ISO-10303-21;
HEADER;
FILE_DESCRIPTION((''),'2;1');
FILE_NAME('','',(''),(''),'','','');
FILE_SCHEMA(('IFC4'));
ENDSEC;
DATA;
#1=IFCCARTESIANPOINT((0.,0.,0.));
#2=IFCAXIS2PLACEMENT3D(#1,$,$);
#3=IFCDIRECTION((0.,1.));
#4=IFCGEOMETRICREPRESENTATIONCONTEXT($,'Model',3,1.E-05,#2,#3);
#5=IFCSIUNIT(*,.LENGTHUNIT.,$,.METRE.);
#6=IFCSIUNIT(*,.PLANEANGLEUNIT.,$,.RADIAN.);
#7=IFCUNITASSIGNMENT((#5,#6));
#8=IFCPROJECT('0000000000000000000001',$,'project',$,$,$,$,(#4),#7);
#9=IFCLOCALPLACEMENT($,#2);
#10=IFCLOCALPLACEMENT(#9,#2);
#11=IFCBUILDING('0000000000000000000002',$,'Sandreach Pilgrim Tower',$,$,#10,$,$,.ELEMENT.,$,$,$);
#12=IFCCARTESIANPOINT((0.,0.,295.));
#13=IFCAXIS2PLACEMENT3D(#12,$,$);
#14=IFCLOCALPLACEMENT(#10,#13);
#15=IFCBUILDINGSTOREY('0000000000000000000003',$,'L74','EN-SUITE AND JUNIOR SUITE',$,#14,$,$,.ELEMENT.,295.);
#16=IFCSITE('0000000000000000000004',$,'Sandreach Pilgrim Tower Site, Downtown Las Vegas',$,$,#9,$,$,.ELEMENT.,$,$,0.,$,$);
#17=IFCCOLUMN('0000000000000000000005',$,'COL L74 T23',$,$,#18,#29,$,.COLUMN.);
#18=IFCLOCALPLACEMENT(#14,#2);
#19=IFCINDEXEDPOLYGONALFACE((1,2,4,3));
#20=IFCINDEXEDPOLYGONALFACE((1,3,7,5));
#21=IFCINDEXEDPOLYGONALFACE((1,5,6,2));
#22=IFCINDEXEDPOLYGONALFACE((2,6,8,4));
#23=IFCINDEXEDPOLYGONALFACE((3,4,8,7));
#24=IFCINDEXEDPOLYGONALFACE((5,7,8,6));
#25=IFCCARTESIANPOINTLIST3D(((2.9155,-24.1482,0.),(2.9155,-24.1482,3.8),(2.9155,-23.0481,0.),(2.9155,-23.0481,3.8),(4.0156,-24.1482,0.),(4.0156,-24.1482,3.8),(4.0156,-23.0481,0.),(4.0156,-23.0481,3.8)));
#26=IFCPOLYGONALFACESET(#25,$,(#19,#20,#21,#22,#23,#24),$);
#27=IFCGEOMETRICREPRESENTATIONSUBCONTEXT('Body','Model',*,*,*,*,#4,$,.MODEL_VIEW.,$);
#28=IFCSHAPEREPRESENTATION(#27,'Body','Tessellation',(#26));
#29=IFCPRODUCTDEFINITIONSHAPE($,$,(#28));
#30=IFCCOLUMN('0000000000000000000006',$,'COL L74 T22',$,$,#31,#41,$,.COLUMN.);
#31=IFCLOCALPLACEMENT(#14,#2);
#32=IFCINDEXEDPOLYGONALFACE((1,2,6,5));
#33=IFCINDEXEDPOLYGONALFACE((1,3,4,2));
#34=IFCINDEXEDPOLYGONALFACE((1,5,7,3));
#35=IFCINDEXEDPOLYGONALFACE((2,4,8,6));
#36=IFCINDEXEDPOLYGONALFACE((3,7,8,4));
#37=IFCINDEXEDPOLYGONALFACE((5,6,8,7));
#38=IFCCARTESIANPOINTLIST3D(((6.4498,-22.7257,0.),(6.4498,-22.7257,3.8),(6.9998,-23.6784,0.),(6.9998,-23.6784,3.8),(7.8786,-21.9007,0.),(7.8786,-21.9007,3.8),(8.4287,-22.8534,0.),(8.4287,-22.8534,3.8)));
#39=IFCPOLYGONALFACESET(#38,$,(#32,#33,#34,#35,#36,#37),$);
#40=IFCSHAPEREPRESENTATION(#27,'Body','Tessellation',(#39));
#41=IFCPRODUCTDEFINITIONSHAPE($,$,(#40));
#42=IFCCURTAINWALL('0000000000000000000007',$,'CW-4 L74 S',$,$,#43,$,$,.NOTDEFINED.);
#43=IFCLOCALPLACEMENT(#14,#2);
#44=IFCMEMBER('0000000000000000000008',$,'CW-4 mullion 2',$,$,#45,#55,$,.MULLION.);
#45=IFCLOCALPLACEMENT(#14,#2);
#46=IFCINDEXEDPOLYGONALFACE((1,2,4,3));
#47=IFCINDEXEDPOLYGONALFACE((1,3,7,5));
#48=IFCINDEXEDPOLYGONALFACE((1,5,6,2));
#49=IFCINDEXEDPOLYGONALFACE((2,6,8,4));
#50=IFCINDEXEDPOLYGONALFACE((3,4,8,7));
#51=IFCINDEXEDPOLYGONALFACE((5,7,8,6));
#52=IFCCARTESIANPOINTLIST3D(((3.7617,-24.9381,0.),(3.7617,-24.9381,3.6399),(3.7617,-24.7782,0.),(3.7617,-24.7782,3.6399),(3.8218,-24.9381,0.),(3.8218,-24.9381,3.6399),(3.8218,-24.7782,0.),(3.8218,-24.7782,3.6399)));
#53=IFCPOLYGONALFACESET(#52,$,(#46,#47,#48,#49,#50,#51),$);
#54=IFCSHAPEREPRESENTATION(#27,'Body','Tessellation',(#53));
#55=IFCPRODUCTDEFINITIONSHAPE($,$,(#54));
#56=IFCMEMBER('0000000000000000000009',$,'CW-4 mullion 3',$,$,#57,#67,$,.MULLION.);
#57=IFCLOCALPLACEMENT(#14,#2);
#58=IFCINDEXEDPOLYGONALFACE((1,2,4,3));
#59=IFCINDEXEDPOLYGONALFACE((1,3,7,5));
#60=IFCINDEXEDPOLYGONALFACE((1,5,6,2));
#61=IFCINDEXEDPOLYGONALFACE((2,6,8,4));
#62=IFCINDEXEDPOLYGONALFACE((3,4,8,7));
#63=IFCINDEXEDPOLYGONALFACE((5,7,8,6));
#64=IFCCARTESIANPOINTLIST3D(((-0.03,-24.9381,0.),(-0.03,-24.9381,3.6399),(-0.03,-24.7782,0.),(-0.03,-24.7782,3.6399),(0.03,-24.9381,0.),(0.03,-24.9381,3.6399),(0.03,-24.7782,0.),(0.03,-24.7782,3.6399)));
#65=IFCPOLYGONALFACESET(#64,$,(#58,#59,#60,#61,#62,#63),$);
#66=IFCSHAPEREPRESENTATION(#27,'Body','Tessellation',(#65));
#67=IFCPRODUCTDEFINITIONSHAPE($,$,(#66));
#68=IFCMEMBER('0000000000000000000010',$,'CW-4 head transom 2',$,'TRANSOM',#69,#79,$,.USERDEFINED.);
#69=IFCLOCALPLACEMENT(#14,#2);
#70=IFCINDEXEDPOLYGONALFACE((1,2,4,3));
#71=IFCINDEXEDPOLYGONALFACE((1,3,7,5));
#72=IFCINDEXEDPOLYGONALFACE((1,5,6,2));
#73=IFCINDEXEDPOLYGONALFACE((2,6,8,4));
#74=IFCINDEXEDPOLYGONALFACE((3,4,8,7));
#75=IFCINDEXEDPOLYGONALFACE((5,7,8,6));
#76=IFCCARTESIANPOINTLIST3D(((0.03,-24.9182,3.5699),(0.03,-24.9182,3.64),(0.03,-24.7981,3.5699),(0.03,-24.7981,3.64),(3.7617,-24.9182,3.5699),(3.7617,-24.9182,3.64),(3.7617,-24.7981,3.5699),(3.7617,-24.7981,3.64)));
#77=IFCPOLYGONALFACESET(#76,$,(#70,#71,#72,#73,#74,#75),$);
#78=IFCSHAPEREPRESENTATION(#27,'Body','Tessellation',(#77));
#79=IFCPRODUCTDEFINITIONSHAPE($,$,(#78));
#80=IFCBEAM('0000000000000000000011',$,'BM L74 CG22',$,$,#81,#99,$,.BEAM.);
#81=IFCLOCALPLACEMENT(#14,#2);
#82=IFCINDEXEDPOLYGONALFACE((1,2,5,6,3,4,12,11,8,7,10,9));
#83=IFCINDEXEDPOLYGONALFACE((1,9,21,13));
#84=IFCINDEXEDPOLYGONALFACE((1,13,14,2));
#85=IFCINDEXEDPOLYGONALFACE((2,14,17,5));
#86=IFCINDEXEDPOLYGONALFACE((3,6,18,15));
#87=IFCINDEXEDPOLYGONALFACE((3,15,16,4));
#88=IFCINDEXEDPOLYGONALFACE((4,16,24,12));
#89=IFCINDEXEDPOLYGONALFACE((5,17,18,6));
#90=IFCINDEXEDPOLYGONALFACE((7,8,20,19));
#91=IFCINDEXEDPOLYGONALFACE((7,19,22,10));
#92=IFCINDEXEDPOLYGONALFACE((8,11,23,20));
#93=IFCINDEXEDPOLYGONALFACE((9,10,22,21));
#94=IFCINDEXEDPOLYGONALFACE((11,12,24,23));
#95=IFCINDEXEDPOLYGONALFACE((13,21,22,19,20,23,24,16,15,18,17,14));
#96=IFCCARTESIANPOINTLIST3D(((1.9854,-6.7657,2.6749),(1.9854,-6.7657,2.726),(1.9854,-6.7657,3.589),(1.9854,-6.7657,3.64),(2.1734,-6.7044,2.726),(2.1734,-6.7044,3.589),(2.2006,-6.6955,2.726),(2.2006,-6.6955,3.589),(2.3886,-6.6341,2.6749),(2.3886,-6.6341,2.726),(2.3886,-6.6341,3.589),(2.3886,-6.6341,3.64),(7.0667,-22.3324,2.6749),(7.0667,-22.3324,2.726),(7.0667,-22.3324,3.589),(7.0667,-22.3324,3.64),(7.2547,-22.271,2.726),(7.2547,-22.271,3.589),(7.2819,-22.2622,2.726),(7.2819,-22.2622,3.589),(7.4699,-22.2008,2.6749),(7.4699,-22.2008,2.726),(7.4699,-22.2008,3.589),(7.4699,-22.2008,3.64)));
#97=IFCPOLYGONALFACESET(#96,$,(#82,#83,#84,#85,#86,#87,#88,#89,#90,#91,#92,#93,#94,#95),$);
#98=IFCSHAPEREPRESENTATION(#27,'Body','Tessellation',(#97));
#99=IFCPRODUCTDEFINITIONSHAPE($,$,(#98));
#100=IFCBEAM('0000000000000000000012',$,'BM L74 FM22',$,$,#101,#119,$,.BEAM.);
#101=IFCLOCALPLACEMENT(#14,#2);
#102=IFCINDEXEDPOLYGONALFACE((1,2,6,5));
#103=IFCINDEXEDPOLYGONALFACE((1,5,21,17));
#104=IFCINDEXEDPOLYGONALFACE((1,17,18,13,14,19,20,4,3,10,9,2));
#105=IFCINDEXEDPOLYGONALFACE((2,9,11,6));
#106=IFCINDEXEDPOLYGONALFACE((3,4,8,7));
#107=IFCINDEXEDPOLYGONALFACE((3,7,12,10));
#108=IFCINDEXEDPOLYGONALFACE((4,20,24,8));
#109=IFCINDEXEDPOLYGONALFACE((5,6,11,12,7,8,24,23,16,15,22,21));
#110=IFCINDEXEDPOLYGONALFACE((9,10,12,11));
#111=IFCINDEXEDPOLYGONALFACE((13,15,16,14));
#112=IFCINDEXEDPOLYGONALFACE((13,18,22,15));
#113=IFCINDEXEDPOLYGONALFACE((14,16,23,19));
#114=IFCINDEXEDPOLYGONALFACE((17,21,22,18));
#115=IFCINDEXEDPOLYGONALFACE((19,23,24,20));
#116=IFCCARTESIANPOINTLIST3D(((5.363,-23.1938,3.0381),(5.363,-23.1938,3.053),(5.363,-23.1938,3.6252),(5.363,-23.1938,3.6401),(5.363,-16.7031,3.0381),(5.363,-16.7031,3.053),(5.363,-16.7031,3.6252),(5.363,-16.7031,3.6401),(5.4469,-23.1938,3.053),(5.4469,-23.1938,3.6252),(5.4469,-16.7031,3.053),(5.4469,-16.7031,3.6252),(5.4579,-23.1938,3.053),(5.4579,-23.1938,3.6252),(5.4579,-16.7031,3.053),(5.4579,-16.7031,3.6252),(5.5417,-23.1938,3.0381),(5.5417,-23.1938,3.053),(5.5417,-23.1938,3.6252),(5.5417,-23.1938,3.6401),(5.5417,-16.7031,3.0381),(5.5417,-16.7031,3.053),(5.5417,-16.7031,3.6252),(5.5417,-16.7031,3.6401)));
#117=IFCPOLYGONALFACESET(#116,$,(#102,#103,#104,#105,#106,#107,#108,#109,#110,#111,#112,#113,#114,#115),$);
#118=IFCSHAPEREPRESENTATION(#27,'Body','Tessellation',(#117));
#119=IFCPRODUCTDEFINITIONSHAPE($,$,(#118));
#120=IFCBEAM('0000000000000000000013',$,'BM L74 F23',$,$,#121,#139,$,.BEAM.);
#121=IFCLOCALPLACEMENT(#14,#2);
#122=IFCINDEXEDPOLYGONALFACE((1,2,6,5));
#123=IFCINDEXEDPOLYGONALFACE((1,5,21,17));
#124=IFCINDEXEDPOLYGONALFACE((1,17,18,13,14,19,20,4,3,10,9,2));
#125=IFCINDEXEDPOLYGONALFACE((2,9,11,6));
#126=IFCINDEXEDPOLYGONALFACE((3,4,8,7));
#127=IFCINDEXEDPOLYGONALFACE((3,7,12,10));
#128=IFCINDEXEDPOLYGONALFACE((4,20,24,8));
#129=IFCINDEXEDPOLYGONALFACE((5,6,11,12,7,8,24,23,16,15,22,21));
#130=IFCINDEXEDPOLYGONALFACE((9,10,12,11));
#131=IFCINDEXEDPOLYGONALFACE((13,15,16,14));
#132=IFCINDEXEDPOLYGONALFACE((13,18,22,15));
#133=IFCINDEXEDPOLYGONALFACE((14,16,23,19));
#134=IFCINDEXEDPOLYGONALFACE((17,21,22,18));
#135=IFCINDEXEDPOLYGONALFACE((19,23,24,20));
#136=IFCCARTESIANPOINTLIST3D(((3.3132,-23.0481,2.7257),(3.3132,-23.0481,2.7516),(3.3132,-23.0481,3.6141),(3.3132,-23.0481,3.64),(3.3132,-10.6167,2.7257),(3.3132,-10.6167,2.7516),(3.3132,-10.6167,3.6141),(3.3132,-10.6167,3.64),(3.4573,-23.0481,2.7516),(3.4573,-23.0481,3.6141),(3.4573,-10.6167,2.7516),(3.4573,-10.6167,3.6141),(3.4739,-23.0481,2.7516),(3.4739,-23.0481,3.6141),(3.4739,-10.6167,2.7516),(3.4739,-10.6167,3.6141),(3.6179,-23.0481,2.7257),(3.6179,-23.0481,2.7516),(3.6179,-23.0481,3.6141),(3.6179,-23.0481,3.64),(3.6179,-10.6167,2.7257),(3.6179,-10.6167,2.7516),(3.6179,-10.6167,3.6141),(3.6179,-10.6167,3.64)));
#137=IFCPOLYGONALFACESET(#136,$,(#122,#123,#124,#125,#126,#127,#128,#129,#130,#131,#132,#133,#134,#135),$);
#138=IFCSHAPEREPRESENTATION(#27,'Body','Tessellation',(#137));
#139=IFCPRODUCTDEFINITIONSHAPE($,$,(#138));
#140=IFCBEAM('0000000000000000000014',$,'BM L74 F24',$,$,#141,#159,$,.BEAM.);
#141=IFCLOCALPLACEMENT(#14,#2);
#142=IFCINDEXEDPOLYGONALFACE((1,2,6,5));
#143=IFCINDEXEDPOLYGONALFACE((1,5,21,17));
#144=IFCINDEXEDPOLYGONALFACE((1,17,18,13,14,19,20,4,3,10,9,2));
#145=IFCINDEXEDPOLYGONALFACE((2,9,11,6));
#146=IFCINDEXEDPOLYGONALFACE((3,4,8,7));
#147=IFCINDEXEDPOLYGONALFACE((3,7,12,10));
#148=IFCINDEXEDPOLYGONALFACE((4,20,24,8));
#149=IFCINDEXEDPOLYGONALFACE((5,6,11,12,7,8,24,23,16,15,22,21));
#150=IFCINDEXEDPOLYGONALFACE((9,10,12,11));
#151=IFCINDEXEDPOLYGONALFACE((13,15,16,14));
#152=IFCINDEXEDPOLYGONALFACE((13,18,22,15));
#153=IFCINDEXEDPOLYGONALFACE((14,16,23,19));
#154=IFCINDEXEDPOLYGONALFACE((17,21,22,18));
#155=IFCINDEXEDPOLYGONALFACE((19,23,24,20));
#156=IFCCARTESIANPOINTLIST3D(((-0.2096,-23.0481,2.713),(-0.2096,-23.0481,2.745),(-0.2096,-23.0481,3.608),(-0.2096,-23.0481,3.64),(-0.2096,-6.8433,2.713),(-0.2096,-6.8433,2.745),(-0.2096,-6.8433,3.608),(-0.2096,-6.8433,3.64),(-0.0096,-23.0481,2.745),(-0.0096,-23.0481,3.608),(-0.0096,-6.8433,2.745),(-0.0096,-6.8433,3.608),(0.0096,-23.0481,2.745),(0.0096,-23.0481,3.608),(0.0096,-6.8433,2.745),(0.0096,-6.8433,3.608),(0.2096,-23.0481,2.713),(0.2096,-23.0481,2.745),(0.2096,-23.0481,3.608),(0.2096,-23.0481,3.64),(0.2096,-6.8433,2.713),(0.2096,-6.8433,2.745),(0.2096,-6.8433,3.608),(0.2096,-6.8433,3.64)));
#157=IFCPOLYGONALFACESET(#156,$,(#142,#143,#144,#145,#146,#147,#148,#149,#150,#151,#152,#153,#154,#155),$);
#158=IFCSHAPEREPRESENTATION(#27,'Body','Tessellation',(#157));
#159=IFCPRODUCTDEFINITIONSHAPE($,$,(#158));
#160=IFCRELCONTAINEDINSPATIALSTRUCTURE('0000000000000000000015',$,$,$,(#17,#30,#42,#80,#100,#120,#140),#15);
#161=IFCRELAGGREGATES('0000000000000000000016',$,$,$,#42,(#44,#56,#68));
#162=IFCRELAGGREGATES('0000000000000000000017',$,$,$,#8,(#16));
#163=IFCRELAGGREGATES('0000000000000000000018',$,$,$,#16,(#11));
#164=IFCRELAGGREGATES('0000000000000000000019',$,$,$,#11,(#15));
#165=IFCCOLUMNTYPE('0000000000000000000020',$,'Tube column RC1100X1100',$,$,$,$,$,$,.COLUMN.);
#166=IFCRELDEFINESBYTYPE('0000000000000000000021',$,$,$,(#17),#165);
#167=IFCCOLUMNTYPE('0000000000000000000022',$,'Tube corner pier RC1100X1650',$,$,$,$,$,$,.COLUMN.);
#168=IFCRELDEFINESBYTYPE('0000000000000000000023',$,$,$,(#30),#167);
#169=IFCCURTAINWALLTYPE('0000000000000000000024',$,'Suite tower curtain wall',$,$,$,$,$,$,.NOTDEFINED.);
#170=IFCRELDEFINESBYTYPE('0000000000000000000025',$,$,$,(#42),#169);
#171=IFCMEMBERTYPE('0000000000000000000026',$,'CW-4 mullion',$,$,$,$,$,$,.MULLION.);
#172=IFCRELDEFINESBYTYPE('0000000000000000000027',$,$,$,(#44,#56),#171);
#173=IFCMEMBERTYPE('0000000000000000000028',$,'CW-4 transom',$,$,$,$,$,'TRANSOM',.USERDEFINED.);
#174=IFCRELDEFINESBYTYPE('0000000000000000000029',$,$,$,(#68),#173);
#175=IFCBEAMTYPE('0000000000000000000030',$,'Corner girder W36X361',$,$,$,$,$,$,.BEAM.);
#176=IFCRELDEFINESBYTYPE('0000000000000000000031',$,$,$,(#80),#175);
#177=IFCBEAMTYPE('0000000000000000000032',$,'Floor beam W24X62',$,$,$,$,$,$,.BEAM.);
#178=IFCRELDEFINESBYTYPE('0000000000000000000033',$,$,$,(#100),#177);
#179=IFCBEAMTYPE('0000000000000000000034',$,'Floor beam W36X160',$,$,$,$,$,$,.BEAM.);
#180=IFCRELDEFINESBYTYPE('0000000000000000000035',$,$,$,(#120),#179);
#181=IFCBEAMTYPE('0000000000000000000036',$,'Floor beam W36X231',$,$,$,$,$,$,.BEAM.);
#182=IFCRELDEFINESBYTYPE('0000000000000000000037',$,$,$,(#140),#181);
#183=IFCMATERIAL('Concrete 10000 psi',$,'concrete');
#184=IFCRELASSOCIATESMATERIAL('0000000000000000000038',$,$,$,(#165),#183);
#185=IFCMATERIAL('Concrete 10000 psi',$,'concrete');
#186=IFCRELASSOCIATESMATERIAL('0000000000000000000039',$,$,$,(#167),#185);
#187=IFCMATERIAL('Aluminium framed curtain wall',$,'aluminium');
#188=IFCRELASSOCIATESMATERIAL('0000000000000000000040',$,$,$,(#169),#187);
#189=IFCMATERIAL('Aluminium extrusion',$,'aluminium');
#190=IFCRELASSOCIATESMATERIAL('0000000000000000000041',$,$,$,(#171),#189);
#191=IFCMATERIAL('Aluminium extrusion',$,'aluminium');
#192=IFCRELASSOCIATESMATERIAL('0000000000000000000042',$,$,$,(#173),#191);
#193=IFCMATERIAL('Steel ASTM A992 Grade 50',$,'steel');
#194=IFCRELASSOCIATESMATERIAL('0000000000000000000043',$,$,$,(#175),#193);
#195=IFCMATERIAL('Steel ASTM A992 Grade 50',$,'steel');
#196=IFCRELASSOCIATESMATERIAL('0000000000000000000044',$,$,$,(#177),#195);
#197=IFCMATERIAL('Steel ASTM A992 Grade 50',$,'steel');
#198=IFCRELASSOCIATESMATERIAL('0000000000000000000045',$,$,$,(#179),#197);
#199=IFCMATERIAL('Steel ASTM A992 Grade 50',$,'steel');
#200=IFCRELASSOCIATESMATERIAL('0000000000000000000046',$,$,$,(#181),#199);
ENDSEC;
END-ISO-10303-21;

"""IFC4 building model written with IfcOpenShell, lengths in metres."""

from ifc_helpers import new_model, si_unit, direction, frame, origin, origin_2d, place, context, subcontext, project, spatial, rectangle, i_section, extrude, material, material_profile, profile_set, type_object, element, aggregate, save


model = new_model("IFC4")

# Units and contexts
model_context = context("Model", 3, precision=1e-05, world=origin(), true_north=direction((0.0, 1.0)))
body_context = subcontext(model_context, "Body", "Model", "MODEL_VIEW")
ifc_project = project(units=[si_unit("LENGTHUNIT", "METRE"), si_unit("PLANEANGLEUNIT", "RADIAN")], contexts=[model_context])

# Site, building, storey
site_placement = place(None, origin())
site = spatial("IfcSite", under=ifc_project, at=site_placement, Name="Sandreach Pilgrim Tower Site, Downtown Las Vegas", CompositionType="ELEMENT", RefElevation=0.0)
building_placement = place(site_placement, origin())
building = spatial("IfcBuilding", under=site, at=building_placement, Name="Sandreach Pilgrim Tower", CompositionType="ELEMENT")
storey_placement = place(building_placement, frame((0.0, 0.0, 295.0)))
storey = spatial("IfcBuildingStorey", under=building, at=storey_placement, Name="L74", Description="EN-SUITE AND JUNIOR SUITE", CompositionType="ELEMENT", Elevation=295.0)

# Columns
ifc_material_1 = material(Name="Concrete 10000 psi", Category="concrete")
ifc_material_profile_1 = material_profile(ifc_material_1, rectangle(XDim=1.1001, YDim=1.1001, at=origin_2d()), Name="RC1100X1100")
ifc_profile_set_1 = profile_set([ifc_material_profile_1], Name="Concrete 10000 psi")
column_type_1 = type_object("IfcColumnType", Name="Tube column RC1100X1100", PredefinedType="COLUMN", material=ifc_profile_set_1)
column_1_placement = place(storey_placement, frame((3.4656, -23.5981, 0.0), z_axis=(0.0, 0.0, 1.0), x_axis=(0.0, -1.0, 0.0)))
element("IfcColumn", 1, at=column_1_placement, inside=storey, type_object=column_type_1, Name="COL L74 T23", PredefinedType="COLUMN", context=body_context, shape_type="SweptSolid", body=[
    extrude(rectangle(XDim=1.1001, YDim=1.1001, at=origin_2d()), origin(), (0.0, 0.0, 1.0), 3.8),
])
ifc_material_2 = material(Name="Concrete 10000 psi", Category="concrete")
ifc_material_profile_2 = material_profile(ifc_material_2, rectangle(XDim=1.1001, YDim=1.6499, at=origin_2d()), Name="RC1100X1650")
ifc_profile_set_2 = profile_set([ifc_material_profile_2], Name="Concrete 10000 psi")
column_type_2 = type_object("IfcColumnType", Name="Tube corner pier RC1100X1650", PredefinedType="COLUMN", material=ifc_profile_set_2)
column_2_placement = place(storey_placement, frame((7.4392, -22.7896, 0.0), z_axis=(0.0, 0.0, 1.0), x_axis=(0.5, -0.866025, 0.0)))
element("IfcColumn", 2, at=column_2_placement, inside=storey, type_object=column_type_2, Name="COL L74 T22", PredefinedType="COLUMN", context=body_context, shape_type="SweptSolid", body=[
    extrude(rectangle(XDim=1.1001, YDim=1.6499, at=origin_2d()), origin(), (0.0, 0.0, 1.0), 3.8),
])

# Curtain wall, members
ifc_material_3 = material(Name="Aluminium framed curtain wall", Category="aluminium")
curtain_wall_type = type_object("IfcCurtainWallType", Name="Suite tower curtain wall", PredefinedType="NOTDEFINED", material=ifc_material_3)
curtain_wall_placement = place(storey_placement, origin())
curtain_wall = element("IfcCurtainWall", 3, at=curtain_wall_placement, inside=storey, type_object=curtain_wall_type, Name="CW-4 L74 S", PredefinedType="NOTDEFINED")
ifc_material_4 = material(Name="Aluminium extrusion", Category="aluminium")
ifc_material_profile_3 = material_profile(ifc_material_4, rectangle(XDim=0.0601, YDim=0.1599, at=origin_2d()), Name="CW-4M 60X160")
ifc_profile_set_3 = profile_set([ifc_material_profile_3], Name="Aluminium extrusion")
member_type_1 = type_object("IfcMemberType", Name="CW-4 mullion", PredefinedType="MULLION", material=ifc_profile_set_3)
member_1_placement = place(storey_placement, frame((3.7917, -24.8582, 0.0), z_axis=(0.0, 0.0, 1.0), x_axis=(-1.0, 0.0, 0.0)))
member_1 = element("IfcMember", 4, at=member_1_placement, type_object=member_type_1, Name="CW-4 mullion 2", PredefinedType="MULLION", context=body_context, shape_type="SweptSolid", body=[
    extrude(rectangle(XDim=0.0601, YDim=0.1599, at=origin_2d()), origin(), (0.0, 0.0, 1.0), 3.6399),
])
member_2_placement = place(storey_placement, frame((0.0, -24.8582, 0.0), z_axis=(0.0, 0.0, 1.0), x_axis=(-1.0, 0.0, 0.0)))
member_2 = element("IfcMember", 5, at=member_2_placement, type_object=member_type_1, Name="CW-4 mullion 3", PredefinedType="MULLION", context=body_context, shape_type="SweptSolid", body=[
    extrude(rectangle(XDim=0.0601, YDim=0.1599, at=origin_2d()), origin(), (0.0, 0.0, 1.0), 3.6399),
])
ifc_material_5 = material(Name="Aluminium extrusion", Category="aluminium")
ifc_material_profile_4 = material_profile(ifc_material_5, rectangle(XDim=0.1201, YDim=0.0701, at=origin_2d()), Name="CW-4T 120X70")
ifc_profile_set_4 = profile_set([ifc_material_profile_4], Name="Aluminium extrusion")
member_type_2 = type_object("IfcMemberType", Name="CW-4 transom", ElementType="TRANSOM", PredefinedType="USERDEFINED", material=ifc_profile_set_4)
member_3_placement = place(storey_placement, frame((3.7617, -24.8582, 3.605), z_axis=(-1.0, 0.0, 0.0), x_axis=(0.0, -1.0, 0.0)))
member_3 = element("IfcMember", 6, at=member_3_placement, type_object=member_type_2, Name="CW-4 head transom 2", ObjectType="TRANSOM", PredefinedType="USERDEFINED", context=body_context, shape_type="SweptSolid", body=[
    extrude(rectangle(XDim=0.1201, YDim=0.0701, at=origin_2d()), origin(), (0.0, 0.0, 1.0), 3.7317),
])

# Beams
ifc_material_6 = material(Name="Steel ASTM A992 Grade 50", Category="steel")
ifc_material_profile_5 = material_profile(ifc_material_6, i_section(OverallWidth=0.4241, OverallDepth=0.9651, WebThickness=0.0286, FlangeThickness=0.051, at=origin_2d()), Name="W36X361")
ifc_profile_set_5 = profile_set([ifc_material_profile_5], Name="Steel ASTM A992 Grade 50")
beam_type_1 = type_object("IfcBeamType", Name="Corner girder W36X361", PredefinedType="BEAM", material=ifc_profile_set_5)
beam_1_placement = place(storey_placement, frame((7.2683, -22.2666, 3.1575), z_axis=(-0.310309, 0.950636, 0.0), x_axis=(-0.950636, -0.310309, 0.0)))
element("IfcBeam", 7, at=beam_1_placement, inside=storey, type_object=beam_type_1, Name="BM L74 CG22", PredefinedType="BEAM", context=body_context, shape_type="SweptSolid", body=[
    extrude(i_section(OverallWidth=0.4241, OverallDepth=0.9651, WebThickness=0.0286, FlangeThickness=0.051, at=origin_2d()), origin(), (0.0, 0.0, 1.0), 16.375),
])
ifc_material_7 = material(Name="Steel ASTM A992 Grade 50", Category="steel")
ifc_material_profile_6 = material_profile(ifc_material_7, i_section(OverallWidth=0.1787, OverallDepth=0.6021, WebThickness=0.011, FlangeThickness=0.0149, at=origin_2d()), Name="W24X62")
ifc_profile_set_6 = profile_set([ifc_material_profile_6], Name="Steel ASTM A992 Grade 50")
beam_type_2 = type_object("IfcBeamType", Name="Floor beam W24X62", PredefinedType="BEAM", material=ifc_profile_set_6)
beam_2_placement = place(storey_placement, frame((5.4524, -23.1938, 3.3391), z_axis=(0.0, 1.0, 0.0), x_axis=(-1.0, 0.0, 0.0)))
element("IfcBeam", 8, at=beam_2_placement, inside=storey, type_object=beam_type_2, Name="BM L74 FM22", PredefinedType="BEAM", context=body_context, shape_type="SweptSolid", body=[
    extrude(i_section(OverallWidth=0.1787, OverallDepth=0.6021, WebThickness=0.011, FlangeThickness=0.0149, at=origin_2d()), origin(), (0.0, 0.0, 1.0), 6.4907),
])
ifc_material_8 = material(Name="Steel ASTM A992 Grade 50", Category="steel")
ifc_material_profile_7 = material_profile(ifc_material_8, i_section(OverallWidth=0.3047, OverallDepth=0.9143, WebThickness=0.0166, FlangeThickness=0.0259, at=origin_2d()), Name="W36X160")
ifc_profile_set_7 = profile_set([ifc_material_profile_7], Name="Steel ASTM A992 Grade 50")
beam_type_3 = type_object("IfcBeamType", Name="Floor beam W36X160", PredefinedType="BEAM", material=ifc_profile_set_7)
beam_3_placement = place(storey_placement, frame((3.4656, -23.0481, 3.1829), z_axis=(0.0, 1.0, 0.0), x_axis=(-1.0, 0.0, 0.0)))
element("IfcBeam", 9, at=beam_3_placement, inside=storey, type_object=beam_type_3, Name="BM L74 F23", PredefinedType="BEAM", context=body_context, shape_type="SweptSolid", body=[
    extrude(i_section(OverallWidth=0.3047, OverallDepth=0.9143, WebThickness=0.0166, FlangeThickness=0.0259, at=origin_2d()), origin(), (0.0, 0.0, 1.0), 12.4314),
])
ifc_material_9 = material(Name="Steel ASTM A992 Grade 50", Category="steel")
ifc_material_profile_8 = material_profile(ifc_material_9, i_section(OverallWidth=0.4192, OverallDepth=0.927, WebThickness=0.0193, FlangeThickness=0.032, at=origin_2d()), Name="W36X231")
ifc_profile_set_8 = profile_set([ifc_material_profile_8], Name="Steel ASTM A992 Grade 50")
beam_type_4 = type_object("IfcBeamType", Name="Floor beam W36X231", PredefinedType="BEAM", material=ifc_profile_set_8)
beam_4_placement = place(storey_placement, frame((0.0, -23.0481, 3.1765), z_axis=(0.0, 1.0, 0.0), x_axis=(-1.0, 0.0, 0.0)))
element("IfcBeam", 10, at=beam_4_placement, inside=storey, type_object=beam_type_4, Name="BM L74 F24", PredefinedType="BEAM", context=body_context, shape_type="SweptSolid", body=[
    extrude(i_section(OverallWidth=0.4192, OverallDepth=0.927, WebThickness=0.0193, FlangeThickness=0.032, at=origin_2d()), origin(), (0.0, 0.0, 1.0), 16.2048),
])

aggregate(curtain_wall, [member_1, member_2, member_3])

save(model, "model.ifc")
